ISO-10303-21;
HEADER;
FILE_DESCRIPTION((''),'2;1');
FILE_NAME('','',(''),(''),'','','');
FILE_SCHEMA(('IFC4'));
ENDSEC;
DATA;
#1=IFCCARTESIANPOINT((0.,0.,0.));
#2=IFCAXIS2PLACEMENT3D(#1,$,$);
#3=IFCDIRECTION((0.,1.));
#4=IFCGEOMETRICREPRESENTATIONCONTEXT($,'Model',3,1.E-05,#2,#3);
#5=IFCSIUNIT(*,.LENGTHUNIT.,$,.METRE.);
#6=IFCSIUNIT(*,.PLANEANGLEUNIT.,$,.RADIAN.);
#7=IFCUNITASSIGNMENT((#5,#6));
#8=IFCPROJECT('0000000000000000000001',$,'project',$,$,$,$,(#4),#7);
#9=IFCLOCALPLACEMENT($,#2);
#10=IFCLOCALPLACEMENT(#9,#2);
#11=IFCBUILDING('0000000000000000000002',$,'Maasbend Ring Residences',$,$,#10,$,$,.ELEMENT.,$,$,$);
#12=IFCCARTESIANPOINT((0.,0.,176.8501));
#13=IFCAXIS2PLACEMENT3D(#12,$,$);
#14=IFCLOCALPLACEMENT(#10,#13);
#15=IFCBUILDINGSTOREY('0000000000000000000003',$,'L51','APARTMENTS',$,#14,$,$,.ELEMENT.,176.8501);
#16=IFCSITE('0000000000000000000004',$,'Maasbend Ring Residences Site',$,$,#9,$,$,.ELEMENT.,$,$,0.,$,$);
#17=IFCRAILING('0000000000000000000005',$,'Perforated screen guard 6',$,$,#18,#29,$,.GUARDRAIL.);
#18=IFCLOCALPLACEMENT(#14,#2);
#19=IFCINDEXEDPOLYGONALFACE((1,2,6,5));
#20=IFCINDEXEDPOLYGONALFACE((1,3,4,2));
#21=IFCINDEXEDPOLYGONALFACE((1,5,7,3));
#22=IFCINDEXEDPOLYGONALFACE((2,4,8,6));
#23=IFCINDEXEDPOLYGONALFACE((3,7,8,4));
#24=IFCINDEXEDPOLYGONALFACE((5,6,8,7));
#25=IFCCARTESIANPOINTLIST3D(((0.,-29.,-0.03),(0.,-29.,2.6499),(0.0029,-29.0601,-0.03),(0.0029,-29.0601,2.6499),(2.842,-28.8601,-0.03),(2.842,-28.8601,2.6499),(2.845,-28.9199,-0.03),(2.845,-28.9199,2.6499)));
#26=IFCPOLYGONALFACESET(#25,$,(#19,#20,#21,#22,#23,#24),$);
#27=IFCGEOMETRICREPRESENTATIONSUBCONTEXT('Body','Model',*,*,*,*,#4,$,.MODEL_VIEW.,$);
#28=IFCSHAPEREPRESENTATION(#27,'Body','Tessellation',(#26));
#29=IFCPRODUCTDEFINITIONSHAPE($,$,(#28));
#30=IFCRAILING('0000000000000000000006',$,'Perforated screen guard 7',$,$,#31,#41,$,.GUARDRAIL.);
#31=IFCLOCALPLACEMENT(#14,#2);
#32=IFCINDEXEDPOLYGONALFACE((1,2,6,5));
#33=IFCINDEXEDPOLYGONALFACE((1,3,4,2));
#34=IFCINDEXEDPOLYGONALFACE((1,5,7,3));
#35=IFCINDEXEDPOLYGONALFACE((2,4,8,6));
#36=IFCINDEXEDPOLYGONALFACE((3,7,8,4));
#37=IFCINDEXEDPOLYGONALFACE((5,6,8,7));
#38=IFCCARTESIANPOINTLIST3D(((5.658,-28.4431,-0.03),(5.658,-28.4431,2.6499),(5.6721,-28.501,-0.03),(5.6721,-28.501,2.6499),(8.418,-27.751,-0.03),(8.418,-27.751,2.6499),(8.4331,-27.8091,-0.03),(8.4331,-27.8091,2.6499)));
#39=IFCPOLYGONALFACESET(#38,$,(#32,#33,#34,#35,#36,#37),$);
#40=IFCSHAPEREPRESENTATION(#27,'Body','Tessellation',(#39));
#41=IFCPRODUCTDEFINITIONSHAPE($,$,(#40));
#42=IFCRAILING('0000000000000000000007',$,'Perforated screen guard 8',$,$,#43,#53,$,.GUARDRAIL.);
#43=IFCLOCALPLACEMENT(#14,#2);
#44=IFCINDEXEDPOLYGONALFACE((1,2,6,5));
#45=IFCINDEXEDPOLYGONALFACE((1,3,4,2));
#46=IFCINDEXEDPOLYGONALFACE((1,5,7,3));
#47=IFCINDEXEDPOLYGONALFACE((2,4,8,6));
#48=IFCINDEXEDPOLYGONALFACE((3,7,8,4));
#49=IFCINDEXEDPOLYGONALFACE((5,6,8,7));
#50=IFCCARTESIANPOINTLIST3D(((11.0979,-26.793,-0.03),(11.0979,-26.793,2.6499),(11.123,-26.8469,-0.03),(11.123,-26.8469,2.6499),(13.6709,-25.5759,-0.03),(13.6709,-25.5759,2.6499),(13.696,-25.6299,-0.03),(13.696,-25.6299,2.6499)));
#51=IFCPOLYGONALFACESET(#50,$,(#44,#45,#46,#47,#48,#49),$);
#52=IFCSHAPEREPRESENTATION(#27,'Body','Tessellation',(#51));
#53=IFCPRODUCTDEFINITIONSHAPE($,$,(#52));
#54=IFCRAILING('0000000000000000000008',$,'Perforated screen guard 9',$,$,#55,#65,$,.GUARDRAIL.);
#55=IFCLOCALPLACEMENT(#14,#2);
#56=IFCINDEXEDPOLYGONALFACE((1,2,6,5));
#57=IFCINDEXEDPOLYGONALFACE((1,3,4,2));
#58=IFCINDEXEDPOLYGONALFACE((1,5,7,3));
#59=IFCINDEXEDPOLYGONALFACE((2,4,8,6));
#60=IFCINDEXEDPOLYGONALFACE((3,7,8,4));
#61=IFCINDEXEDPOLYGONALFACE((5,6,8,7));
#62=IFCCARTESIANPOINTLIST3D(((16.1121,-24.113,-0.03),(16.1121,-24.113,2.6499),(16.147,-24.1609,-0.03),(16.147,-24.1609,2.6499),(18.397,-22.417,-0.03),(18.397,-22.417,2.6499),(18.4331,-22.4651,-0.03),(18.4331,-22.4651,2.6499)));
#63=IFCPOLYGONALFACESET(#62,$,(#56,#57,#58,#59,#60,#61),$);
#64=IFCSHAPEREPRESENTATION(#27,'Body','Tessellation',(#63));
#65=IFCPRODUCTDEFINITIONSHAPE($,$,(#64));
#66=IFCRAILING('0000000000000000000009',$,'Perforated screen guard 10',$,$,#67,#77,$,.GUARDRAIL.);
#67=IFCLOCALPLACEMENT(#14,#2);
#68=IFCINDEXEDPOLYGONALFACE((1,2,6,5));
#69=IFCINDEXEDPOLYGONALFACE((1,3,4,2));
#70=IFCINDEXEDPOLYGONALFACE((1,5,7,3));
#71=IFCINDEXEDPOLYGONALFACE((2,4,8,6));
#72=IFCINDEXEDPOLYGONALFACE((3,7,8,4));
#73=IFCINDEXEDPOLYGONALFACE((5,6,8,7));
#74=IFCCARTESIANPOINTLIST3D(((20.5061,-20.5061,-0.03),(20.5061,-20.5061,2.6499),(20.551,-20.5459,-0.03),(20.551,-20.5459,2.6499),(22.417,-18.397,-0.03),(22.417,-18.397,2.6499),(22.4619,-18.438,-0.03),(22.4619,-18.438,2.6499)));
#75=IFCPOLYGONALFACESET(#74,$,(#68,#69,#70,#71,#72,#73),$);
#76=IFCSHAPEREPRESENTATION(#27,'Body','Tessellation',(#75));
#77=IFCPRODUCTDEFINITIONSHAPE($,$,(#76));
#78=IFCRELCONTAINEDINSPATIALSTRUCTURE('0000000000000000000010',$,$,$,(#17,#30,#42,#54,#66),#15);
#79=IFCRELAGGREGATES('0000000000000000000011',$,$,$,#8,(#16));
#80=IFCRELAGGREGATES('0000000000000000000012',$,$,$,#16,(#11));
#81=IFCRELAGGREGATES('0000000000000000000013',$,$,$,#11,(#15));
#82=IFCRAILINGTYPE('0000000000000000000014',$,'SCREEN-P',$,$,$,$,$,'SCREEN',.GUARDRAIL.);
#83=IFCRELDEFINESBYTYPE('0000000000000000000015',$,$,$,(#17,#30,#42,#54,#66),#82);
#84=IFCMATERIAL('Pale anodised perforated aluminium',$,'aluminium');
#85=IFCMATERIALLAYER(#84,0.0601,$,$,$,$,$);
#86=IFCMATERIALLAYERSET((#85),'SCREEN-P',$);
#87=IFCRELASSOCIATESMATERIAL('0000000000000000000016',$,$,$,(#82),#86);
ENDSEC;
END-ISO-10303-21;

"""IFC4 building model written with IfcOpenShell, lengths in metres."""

from ifc_helpers import new_model, si_unit, direction, frame, origin, place, context, subcontext, project, spatial, polyline, outline, extrude, material, layer, layer_set, type_object, element, save


model = new_model("IFC4")

# Units and contexts
model_context = context("Model", 3, precision=1e-05, world=origin(), true_north=direction((0.0, 1.0)))
body_context = subcontext(model_context, "Body", "Model", "MODEL_VIEW")
ifc_project = project(units=[si_unit("LENGTHUNIT", "METRE"), si_unit("PLANEANGLEUNIT", "RADIAN")], contexts=[model_context])

# Site, building, storey
site_placement = place(None, origin())
site = spatial("IfcSite", under=ifc_project, at=site_placement, Name="Maasbend Ring Residences Site", CompositionType="ELEMENT", RefElevation=0.0)
building_placement = place(site_placement, origin())
building = spatial("IfcBuilding", under=site, at=building_placement, Name="Maasbend Ring Residences", CompositionType="ELEMENT")
storey_placement = place(building_placement, frame((0.0, 0.0, 176.8501)))
storey = spatial("IfcBuildingStorey", under=building, at=storey_placement, Name="L51", Description="APARTMENTS", CompositionType="ELEMENT", Elevation=176.8501)

# Railings
ifc_material_1 = material(Name="Pale anodised perforated aluminium", Category="aluminium")
ifc_layer_1 = layer(ifc_material_1, 0.0601)
ifc_layer_set_1 = layer_set([ifc_layer_1], Name="SCREEN-P")
railing_type = type_object("IfcRailingType", Name="SCREEN-P", ElementType="SCREEN", PredefinedType="GUARDRAIL", material=ifc_layer_set_1)
railing_1_placement = place(storey_placement, frame((0.0, 0.0, -0.03)))
element("IfcRailing", 1, at=railing_1_placement, inside=storey, type_object=railing_type, Name="Perforated screen guard 6", PredefinedType="GUARDRAIL", context=body_context, shape_type="SweptSolid", body=[
    extrude(outline(polyline([(0.0, -29.0), (2.842, -28.8601), (2.845, -28.9199), (0.0029, -29.0601), (0.0, -29.0)])), origin(), (0.0, 0.0, 1.0), 2.6799),
])
railing_2_placement = place(storey_placement, frame((0.0, 0.0, -0.03)))
element("IfcRailing", 2, at=railing_2_placement, inside=storey, type_object=railing_type, Name="Perforated screen guard 7", PredefinedType="GUARDRAIL", context=body_context, shape_type="SweptSolid", body=[
    extrude(outline(polyline([(5.658, -28.4431), (8.418, -27.751), (8.4331, -27.8091), (5.6721, -28.501), (5.658, -28.4431)])), origin(), (0.0, 0.0, 1.0), 2.6799),
])
railing_3_placement = place(storey_placement, frame((0.0, 0.0, -0.03)))
element("IfcRailing", 3, at=railing_3_placement, inside=storey, type_object=railing_type, Name="Perforated screen guard 8", PredefinedType="GUARDRAIL", context=body_context, shape_type="SweptSolid", body=[
    extrude(outline(polyline([(11.0979, -26.793), (13.6709, -25.5759), (13.696, -25.6299), (11.123, -26.8469), (11.0979, -26.793)])), origin(), (0.0, 0.0, 1.0), 2.6799),
])
railing_4_placement = place(storey_placement, frame((0.0, 0.0, -0.03)))
element("IfcRailing", 4, at=railing_4_placement, inside=storey, type_object=railing_type, Name="Perforated screen guard 9", PredefinedType="GUARDRAIL", context=body_context, shape_type="SweptSolid", body=[
    extrude(outline(polyline([(16.1121, -24.113), (18.397, -22.417), (18.4331, -22.4651), (16.147, -24.1609), (16.1121, -24.113)])), origin(), (0.0, 0.0, 1.0), 2.6799),
])
railing_5_placement = place(storey_placement, frame((0.0, 0.0, -0.03)))
element("IfcRailing", 5, at=railing_5_placement, inside=storey, type_object=railing_type, Name="Perforated screen guard 10", PredefinedType="GUARDRAIL", context=body_context, shape_type="SweptSolid", body=[
    extrude(outline(polyline([(20.5061, -20.5061), (22.417, -18.397), (22.4619, -18.438), (20.551, -20.5459), (20.5061, -20.5061)])), origin(), (0.0, 0.0, 1.0), 2.6799),
])

save(model, "model.ifc")
